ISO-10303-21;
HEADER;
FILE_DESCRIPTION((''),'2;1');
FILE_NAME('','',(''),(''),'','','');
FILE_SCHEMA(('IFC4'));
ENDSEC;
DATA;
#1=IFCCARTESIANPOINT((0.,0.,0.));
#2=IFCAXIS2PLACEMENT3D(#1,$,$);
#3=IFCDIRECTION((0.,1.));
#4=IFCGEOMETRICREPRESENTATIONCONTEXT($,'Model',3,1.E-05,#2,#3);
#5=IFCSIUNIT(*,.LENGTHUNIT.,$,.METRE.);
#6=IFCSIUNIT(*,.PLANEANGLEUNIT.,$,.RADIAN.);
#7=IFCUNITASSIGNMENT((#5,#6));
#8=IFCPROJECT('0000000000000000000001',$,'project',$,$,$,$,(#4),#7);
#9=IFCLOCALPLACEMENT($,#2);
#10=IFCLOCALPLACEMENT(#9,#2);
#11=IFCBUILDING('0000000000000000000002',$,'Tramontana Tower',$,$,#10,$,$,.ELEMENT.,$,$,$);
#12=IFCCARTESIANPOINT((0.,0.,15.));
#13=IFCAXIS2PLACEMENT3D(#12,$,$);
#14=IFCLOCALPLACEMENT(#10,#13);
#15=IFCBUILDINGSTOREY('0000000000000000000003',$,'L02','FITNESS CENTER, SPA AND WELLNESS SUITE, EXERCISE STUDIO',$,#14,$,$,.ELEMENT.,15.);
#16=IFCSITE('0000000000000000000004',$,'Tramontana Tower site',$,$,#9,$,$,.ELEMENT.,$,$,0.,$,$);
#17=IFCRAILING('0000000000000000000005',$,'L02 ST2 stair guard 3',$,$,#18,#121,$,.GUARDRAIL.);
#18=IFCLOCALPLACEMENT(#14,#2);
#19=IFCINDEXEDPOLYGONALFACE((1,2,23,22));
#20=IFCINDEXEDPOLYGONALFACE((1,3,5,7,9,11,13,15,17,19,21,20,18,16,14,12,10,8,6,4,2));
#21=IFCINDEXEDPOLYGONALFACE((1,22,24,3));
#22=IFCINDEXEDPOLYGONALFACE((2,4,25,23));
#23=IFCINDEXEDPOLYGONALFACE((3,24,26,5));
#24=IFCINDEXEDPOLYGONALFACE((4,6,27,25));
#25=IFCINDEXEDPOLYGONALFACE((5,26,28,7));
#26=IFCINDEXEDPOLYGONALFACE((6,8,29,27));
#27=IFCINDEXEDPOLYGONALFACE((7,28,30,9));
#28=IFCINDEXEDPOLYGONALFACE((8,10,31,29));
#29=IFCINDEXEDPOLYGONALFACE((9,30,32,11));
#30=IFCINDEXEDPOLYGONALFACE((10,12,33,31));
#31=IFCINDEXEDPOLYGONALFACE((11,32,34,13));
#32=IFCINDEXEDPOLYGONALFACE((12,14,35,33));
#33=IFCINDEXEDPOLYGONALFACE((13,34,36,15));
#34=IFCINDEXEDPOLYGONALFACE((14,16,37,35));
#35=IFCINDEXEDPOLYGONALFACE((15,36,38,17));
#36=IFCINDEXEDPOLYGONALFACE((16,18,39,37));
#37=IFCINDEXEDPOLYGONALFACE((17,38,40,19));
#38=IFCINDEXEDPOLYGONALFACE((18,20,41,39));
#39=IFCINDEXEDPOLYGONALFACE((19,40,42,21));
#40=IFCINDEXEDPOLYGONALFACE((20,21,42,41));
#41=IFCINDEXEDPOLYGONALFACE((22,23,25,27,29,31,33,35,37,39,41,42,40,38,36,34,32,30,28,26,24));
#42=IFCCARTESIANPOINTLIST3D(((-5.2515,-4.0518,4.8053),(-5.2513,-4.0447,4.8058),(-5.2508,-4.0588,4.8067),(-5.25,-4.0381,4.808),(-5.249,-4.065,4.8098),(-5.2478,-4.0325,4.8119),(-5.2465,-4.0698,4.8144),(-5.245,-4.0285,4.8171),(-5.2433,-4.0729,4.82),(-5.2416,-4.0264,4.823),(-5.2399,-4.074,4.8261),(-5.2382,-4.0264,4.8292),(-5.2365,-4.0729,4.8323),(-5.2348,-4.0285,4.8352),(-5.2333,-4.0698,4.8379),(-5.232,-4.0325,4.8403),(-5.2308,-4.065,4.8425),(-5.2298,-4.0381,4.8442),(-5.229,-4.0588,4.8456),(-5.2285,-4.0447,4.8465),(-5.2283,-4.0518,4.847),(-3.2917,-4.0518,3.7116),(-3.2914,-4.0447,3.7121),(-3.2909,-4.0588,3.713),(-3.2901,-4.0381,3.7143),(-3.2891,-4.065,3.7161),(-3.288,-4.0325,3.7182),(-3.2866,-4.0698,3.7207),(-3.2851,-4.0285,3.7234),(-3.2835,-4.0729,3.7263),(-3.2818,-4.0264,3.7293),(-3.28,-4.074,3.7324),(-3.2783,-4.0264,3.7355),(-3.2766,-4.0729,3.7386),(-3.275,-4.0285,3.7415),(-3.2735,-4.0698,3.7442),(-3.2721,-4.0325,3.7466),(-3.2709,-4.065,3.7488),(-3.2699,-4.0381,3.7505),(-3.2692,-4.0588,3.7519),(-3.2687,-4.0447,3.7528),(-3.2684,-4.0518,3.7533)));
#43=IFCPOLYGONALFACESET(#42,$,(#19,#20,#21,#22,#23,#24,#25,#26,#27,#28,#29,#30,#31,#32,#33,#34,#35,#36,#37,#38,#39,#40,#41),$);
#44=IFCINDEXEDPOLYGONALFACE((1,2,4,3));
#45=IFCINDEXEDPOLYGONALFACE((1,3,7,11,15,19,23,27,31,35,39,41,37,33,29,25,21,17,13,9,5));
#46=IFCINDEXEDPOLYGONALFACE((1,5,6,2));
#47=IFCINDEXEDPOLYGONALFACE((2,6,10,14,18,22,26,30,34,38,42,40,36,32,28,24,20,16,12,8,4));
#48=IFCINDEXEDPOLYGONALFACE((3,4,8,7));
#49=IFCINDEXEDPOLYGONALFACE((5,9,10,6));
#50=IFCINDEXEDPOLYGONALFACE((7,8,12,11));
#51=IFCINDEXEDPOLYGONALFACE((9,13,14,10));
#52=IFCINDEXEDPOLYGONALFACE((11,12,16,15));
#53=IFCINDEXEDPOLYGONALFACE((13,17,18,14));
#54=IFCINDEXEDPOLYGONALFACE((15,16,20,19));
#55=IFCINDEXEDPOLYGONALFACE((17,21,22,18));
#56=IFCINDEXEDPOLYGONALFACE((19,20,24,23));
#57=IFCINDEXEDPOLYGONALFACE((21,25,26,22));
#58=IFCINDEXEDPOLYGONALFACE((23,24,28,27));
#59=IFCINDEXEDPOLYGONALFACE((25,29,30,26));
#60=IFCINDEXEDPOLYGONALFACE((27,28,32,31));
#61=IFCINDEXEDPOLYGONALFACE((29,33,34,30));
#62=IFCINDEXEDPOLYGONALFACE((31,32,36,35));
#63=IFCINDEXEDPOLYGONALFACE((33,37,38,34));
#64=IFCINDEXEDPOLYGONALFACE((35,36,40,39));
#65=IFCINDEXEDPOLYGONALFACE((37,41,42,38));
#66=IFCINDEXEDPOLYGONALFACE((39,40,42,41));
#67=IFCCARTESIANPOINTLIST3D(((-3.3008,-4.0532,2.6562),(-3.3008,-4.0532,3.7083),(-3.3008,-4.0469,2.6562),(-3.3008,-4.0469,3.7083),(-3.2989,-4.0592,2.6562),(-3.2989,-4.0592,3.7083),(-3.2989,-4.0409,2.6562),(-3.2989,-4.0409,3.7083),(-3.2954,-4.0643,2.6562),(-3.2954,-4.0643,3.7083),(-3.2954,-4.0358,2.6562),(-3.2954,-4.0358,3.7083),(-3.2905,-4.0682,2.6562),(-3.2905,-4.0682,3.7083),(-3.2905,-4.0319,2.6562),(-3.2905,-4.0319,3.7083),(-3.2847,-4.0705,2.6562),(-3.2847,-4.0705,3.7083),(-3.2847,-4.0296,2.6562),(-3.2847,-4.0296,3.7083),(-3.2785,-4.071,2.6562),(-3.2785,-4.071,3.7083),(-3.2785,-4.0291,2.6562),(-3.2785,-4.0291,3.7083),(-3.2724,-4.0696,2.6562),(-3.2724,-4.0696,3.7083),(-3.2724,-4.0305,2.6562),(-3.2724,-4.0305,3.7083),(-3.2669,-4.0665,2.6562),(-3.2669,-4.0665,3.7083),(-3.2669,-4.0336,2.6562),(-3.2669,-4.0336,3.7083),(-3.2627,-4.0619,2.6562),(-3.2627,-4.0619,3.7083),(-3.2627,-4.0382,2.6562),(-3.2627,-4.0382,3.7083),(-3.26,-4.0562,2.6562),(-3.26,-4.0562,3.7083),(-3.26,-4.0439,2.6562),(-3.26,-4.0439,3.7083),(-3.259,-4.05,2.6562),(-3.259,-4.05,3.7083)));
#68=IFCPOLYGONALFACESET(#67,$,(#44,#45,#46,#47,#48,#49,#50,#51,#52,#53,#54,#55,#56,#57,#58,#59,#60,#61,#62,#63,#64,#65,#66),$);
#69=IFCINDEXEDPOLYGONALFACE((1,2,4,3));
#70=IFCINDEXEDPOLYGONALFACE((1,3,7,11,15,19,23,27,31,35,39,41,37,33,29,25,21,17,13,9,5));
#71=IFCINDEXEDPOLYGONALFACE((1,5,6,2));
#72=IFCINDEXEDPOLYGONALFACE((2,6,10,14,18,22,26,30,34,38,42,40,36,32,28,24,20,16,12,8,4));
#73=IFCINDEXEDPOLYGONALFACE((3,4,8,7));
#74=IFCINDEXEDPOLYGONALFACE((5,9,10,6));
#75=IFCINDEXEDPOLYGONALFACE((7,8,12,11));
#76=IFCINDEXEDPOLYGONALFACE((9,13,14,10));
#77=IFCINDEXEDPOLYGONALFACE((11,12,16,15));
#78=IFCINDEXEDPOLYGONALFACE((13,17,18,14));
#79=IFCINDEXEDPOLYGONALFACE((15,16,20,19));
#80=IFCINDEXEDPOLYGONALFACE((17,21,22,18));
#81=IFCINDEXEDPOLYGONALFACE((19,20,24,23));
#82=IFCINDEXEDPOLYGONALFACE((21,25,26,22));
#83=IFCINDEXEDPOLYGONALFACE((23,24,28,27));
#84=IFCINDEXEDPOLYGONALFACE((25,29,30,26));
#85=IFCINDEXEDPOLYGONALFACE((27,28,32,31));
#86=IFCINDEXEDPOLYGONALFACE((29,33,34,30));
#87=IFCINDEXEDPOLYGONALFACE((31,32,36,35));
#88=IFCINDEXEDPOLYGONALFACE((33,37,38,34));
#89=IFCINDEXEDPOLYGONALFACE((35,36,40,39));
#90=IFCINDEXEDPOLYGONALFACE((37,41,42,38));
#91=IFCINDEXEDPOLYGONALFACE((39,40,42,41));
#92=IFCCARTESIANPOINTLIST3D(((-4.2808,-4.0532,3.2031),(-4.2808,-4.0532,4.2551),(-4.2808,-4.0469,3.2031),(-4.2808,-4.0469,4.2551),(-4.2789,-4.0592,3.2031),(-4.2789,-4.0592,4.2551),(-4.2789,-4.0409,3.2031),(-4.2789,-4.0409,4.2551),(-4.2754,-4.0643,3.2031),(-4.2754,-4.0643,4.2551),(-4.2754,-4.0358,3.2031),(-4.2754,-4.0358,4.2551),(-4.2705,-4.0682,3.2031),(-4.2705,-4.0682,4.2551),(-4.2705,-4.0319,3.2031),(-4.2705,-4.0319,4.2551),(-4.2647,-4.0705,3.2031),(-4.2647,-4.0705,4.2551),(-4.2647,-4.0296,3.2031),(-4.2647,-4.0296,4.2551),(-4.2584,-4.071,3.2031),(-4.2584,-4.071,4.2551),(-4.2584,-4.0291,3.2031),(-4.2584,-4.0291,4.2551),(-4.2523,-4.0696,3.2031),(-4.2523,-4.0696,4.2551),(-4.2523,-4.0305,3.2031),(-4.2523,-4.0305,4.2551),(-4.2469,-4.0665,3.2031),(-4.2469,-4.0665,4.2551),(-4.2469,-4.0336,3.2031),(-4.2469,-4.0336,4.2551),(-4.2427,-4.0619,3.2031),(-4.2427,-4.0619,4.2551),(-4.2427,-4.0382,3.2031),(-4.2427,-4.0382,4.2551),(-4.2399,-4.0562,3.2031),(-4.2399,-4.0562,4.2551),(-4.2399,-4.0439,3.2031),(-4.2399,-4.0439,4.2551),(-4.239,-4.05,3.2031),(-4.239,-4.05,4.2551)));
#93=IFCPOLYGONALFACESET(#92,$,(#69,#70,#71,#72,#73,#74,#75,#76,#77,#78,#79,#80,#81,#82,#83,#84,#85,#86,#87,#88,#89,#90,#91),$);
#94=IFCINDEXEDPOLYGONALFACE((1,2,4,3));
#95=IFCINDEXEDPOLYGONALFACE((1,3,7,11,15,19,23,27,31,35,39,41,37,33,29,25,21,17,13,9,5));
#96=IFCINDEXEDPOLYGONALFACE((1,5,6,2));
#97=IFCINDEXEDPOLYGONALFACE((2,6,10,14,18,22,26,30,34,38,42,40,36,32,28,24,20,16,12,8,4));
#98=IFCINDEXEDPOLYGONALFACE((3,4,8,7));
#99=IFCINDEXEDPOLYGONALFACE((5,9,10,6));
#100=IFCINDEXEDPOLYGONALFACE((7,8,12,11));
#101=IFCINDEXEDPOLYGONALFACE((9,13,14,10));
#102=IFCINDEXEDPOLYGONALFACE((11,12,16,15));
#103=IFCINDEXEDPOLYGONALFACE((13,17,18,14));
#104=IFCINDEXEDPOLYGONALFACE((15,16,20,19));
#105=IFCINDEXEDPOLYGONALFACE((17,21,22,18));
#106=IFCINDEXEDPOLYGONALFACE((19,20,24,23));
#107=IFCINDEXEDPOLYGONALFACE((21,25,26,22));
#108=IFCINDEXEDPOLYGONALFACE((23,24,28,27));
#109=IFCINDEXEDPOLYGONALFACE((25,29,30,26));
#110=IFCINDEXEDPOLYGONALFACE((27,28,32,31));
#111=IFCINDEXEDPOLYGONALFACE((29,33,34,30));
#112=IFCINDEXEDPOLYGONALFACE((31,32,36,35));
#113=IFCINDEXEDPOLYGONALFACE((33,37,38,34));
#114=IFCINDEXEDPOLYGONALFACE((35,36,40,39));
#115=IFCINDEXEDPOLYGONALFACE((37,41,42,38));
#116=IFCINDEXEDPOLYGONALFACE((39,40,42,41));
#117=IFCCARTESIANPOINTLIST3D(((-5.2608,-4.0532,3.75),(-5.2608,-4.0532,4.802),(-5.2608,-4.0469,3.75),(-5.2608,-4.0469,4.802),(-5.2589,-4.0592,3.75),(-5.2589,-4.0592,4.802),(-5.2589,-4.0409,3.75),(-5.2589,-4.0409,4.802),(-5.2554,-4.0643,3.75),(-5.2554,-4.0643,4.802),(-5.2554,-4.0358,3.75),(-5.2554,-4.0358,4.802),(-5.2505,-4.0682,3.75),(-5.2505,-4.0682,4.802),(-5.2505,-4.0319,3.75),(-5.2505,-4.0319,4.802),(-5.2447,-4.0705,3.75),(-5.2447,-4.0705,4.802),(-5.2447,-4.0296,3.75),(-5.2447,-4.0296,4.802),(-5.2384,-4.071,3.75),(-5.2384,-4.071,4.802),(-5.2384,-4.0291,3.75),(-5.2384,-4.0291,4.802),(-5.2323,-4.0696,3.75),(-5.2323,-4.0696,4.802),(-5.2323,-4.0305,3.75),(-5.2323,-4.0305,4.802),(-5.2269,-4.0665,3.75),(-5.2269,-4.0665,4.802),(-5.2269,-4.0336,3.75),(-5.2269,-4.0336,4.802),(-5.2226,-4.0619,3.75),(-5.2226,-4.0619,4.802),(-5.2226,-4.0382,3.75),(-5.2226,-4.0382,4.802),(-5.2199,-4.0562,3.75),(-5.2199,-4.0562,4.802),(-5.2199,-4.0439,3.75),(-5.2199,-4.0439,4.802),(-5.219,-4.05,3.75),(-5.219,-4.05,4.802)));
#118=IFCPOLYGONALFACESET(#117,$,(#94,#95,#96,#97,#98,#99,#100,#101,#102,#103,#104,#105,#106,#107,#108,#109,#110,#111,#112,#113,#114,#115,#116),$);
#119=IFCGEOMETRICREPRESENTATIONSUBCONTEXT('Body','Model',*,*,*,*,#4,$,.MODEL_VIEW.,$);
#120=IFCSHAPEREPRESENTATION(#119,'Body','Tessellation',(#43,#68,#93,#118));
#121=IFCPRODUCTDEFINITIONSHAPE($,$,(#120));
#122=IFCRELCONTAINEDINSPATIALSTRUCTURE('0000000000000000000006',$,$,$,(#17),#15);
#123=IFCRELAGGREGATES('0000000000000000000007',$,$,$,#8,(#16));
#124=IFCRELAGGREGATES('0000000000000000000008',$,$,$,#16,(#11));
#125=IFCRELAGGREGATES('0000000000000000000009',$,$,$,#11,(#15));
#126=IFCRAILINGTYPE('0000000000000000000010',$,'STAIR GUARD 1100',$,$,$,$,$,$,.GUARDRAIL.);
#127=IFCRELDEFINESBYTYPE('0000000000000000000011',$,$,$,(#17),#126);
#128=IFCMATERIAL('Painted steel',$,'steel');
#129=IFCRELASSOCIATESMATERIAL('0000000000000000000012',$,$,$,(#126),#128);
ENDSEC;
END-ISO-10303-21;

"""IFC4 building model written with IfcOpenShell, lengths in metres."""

from ifc_helpers import new_model, si_unit, direction, frame, origin, origin_2d, place, context, subcontext, project, spatial, circle, extrude, material, type_object, element, save


model = new_model("IFC4")

# Units and contexts
model_context = context("Model", 3, precision=1e-05, world=origin(), true_north=direction((0.0, 1.0)))
body_context = subcontext(model_context, "Body", "Model", "MODEL_VIEW")
ifc_project = project(units=[si_unit("LENGTHUNIT", "METRE"), si_unit("PLANEANGLEUNIT", "RADIAN")], contexts=[model_context])

# Site, building, storey
site_placement = place(None, origin())
site = spatial("IfcSite", under=ifc_project, at=site_placement, Name="Tramontana Tower site", CompositionType="ELEMENT", RefElevation=0.0)
building_placement = place(site_placement, origin())
building = spatial("IfcBuilding", under=site, at=building_placement, Name="Tramontana Tower", CompositionType="ELEMENT")
storey_placement = place(building_placement, frame((0.0, 0.0, 15.0)))
storey = spatial("IfcBuildingStorey", under=building, at=storey_placement, Name="L02", Description="FITNESS CENTER, SPA AND WELLNESS SUITE, EXERCISE STUDIO", CompositionType="ELEMENT", Elevation=15.0)

# Railing
ifc_material_1 = material(Name="Painted steel", Category="steel")
railing_type_1 = type_object("IfcRailingType", Name="STAIR GUARD 1100", PredefinedType="GUARDRAIL", material=ifc_material_1)
railing_1_placement = place(storey_placement, frame((-3.28, -4.05, 2.6562)))
element("IfcRailing", 1, at=railing_1_placement, inside=storey, type_object=railing_type_1, Name="L02 ST2 stair guard 3", PredefinedType="GUARDRAIL", context=body_context, shape_type="SweptSolid", body=[
    extrude(circle(Radius=0.0239, at=origin_2d()), frame((0.0, 0.0, 1.0762), z_axis=(-0.873232, 0.0, 0.487304), x_axis=(0.0, -1.0, 0.0)), (0.0, 0.0, 1.0), 2.2444),
    extrude(circle(Radius=0.021, at=origin_2d()), origin(), (0.0, 0.0, 1.0), 1.052),
    extrude(circle(Radius=0.021, at=origin_2d()), frame((-0.98, 0.0, 0.5469)), (0.0, 0.0, 1.0), 1.052),
    extrude(circle(Radius=0.021, at=origin_2d()), frame((-1.96, 0.0, 1.0938)), (0.0, 0.0, 1.0), 1.052),
])

save(model, "model.ifc")
